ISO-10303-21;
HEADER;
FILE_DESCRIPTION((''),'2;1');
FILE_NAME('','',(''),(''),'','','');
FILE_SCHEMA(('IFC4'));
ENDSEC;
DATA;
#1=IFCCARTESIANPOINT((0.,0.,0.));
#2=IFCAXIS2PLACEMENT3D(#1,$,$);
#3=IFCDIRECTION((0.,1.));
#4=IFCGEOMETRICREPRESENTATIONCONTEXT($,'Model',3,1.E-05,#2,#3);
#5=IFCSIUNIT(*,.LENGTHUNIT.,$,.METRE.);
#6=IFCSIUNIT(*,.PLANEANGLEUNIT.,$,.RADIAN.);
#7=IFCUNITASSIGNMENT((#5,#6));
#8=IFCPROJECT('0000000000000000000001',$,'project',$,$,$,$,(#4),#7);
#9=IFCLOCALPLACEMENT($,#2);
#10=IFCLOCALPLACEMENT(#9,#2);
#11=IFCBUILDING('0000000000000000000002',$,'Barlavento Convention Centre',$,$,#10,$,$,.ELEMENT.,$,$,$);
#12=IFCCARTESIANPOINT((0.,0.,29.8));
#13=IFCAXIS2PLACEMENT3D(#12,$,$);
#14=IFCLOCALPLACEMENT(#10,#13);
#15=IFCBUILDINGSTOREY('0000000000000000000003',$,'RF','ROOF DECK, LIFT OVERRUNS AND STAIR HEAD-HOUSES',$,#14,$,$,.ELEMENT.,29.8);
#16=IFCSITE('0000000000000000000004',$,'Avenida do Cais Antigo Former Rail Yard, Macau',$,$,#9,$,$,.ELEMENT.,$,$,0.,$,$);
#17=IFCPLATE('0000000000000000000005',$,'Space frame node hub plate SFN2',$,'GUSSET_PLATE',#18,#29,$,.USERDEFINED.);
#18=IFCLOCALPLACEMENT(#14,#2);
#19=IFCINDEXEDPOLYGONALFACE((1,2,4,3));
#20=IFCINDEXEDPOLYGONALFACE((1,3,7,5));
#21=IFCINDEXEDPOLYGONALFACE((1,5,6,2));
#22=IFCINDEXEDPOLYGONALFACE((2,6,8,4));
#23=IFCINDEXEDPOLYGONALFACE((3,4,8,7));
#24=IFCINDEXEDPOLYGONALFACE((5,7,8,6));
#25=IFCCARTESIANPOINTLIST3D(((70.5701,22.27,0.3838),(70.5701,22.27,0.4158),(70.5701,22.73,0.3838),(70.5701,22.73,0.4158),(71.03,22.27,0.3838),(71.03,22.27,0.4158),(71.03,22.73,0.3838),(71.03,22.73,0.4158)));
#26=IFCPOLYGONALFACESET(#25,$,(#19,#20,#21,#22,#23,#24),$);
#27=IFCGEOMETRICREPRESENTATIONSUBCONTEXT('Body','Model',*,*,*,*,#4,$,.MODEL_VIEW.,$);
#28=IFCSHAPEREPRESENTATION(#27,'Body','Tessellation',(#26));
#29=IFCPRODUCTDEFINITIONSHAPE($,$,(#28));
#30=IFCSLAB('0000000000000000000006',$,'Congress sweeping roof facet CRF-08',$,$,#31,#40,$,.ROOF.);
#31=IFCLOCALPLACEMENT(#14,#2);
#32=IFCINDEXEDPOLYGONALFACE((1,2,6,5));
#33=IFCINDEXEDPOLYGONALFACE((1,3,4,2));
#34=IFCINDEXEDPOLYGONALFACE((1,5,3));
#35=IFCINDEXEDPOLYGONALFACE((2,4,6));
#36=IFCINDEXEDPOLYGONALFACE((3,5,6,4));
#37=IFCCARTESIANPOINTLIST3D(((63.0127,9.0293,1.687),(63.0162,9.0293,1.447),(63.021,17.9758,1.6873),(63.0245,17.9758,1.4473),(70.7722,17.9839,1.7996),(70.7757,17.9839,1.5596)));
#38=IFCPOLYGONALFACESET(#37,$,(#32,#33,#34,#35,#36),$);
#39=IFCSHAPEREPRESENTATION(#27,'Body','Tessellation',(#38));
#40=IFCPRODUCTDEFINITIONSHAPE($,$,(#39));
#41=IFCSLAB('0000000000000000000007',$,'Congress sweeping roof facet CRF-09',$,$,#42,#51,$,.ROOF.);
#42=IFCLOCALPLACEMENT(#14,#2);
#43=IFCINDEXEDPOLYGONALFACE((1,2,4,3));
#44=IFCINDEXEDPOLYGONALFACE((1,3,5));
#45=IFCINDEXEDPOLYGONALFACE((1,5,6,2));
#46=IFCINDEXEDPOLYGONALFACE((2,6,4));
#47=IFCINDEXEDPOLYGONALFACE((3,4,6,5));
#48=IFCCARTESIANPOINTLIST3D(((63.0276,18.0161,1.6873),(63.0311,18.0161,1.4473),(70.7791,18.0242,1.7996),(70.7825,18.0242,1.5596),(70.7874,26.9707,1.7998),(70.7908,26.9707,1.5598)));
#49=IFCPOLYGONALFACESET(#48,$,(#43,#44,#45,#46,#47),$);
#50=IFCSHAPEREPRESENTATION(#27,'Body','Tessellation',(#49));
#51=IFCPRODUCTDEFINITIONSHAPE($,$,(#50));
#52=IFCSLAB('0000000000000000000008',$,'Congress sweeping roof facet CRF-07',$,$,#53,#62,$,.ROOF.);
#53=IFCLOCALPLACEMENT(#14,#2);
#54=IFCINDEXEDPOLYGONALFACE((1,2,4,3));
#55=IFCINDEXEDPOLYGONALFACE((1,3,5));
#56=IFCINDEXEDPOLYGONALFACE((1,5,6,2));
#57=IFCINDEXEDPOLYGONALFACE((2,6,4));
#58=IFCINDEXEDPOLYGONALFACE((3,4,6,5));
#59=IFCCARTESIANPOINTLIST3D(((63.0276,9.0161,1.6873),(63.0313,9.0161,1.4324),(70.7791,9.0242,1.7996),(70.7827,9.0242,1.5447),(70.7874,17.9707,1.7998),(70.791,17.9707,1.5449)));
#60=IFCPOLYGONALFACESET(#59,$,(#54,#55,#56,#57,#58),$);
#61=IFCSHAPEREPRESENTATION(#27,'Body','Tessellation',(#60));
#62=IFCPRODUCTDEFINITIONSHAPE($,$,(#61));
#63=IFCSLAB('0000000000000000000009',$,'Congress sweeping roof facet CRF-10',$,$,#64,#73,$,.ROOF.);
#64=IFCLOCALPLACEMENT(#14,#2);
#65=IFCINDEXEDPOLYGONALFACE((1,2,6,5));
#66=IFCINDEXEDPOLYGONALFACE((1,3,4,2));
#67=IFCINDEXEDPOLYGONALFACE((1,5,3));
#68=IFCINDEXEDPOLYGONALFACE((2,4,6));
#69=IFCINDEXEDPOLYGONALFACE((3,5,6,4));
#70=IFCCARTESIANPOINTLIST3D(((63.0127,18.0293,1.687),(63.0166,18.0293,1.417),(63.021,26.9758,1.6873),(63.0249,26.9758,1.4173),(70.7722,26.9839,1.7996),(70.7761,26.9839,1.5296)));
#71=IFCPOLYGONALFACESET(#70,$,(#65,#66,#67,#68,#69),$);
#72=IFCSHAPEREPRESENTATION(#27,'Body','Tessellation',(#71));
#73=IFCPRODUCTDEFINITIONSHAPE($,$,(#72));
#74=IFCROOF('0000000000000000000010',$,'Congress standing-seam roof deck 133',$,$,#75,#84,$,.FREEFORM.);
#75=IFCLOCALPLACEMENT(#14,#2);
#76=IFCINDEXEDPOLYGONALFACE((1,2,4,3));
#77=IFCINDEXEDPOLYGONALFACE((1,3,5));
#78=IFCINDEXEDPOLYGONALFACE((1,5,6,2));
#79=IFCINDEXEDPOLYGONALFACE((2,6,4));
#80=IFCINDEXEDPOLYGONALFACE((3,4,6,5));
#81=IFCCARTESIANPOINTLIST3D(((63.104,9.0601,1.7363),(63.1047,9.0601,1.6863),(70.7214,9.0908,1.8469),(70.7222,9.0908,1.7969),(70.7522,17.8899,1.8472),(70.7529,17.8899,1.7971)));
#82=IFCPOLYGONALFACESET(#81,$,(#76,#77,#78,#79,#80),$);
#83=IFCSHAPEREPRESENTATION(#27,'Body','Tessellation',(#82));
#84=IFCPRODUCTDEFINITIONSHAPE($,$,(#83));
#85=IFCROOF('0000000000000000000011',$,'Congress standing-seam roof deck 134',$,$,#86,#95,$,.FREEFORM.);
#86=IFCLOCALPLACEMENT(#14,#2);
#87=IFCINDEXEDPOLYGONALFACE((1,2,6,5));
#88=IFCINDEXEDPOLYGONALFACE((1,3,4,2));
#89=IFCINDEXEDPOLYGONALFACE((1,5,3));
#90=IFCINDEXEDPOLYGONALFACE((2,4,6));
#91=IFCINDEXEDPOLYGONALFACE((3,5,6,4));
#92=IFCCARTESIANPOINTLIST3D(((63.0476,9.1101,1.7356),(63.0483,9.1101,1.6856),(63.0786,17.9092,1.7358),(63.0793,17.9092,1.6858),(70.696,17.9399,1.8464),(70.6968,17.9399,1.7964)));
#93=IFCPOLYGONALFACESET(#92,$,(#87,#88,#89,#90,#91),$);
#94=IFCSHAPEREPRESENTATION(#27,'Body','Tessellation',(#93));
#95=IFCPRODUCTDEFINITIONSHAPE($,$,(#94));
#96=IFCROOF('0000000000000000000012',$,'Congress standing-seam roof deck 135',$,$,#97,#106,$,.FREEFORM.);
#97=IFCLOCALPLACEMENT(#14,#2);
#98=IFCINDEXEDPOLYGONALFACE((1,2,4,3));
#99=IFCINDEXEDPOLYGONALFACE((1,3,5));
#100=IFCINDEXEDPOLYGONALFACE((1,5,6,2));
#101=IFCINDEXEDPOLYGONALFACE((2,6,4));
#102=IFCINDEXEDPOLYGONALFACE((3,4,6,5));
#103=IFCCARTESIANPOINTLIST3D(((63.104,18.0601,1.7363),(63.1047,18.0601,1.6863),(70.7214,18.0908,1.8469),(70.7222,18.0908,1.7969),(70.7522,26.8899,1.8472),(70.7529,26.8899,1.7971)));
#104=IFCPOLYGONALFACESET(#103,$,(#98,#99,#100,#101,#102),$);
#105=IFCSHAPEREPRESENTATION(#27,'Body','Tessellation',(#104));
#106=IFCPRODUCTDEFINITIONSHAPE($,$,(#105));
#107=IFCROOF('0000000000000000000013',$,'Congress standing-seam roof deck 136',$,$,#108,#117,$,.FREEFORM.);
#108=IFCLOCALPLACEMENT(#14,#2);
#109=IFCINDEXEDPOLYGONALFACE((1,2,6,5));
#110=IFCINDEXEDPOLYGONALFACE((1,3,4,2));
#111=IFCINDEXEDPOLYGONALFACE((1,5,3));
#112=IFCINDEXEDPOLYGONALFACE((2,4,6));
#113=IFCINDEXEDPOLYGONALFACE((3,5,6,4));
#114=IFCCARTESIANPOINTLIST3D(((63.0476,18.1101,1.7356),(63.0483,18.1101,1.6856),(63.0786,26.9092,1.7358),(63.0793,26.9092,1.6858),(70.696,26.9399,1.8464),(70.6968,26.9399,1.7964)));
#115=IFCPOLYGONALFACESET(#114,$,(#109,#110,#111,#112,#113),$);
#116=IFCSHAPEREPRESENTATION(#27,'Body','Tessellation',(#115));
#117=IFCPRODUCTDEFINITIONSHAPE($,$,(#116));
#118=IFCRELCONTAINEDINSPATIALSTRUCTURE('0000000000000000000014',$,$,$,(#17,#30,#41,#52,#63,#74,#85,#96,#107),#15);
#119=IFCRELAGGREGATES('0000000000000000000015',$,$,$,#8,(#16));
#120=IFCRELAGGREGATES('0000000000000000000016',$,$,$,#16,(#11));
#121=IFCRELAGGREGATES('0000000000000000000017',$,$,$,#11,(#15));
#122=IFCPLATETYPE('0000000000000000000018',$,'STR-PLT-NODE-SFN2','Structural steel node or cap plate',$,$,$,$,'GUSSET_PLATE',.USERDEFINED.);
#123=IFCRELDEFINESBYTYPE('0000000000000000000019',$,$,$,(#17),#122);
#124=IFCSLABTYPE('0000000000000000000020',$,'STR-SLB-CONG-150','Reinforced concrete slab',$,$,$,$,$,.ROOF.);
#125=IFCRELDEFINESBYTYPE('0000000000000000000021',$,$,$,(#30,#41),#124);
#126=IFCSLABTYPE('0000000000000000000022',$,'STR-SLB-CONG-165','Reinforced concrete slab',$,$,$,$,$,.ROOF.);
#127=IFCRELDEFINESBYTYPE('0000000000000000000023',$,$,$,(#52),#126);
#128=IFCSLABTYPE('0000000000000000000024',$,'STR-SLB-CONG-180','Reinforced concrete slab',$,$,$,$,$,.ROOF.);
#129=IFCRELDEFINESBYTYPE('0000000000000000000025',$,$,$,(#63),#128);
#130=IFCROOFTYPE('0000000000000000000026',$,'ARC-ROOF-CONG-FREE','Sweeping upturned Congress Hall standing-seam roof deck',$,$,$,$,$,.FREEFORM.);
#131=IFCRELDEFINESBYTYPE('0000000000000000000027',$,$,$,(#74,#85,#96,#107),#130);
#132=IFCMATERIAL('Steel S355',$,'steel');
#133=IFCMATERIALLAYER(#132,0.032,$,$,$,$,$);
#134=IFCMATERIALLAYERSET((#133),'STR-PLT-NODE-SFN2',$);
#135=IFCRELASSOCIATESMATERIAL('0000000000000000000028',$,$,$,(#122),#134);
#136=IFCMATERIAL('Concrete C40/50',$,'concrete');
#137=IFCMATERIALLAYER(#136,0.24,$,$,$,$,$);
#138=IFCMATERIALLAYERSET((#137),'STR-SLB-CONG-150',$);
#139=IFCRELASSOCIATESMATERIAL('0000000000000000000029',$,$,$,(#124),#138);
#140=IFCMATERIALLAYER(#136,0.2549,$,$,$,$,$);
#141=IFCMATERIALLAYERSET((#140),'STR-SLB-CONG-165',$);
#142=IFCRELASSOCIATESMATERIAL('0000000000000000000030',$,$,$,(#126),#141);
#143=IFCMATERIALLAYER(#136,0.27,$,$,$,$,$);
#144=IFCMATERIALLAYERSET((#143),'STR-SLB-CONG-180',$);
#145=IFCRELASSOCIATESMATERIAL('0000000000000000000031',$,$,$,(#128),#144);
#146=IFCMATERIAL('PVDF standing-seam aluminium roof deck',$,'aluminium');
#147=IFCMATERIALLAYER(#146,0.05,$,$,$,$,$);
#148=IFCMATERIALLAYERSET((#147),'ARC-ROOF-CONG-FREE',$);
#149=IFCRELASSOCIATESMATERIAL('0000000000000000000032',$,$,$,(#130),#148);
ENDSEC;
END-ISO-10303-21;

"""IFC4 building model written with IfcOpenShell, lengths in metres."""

from ifc_helpers import new_model, si_unit, direction, frame, origin, origin_2d, place, context, subcontext, project, spatial, polyline, rectangle, outline, extrude, material, layer, layer_set, type_object, element, save


model = new_model("IFC4")

# Units and contexts
model_context = context("Model", 3, precision=1e-05, world=origin(), true_north=direction((0.0, 1.0)))
body_context = subcontext(model_context, "Body", "Model", "MODEL_VIEW")
ifc_project = project(units=[si_unit("LENGTHUNIT", "METRE"), si_unit("PLANEANGLEUNIT", "RADIAN")], contexts=[model_context])

# Site, building, storey
site_placement = place(None, origin())
site = spatial("IfcSite", under=ifc_project, at=site_placement, Name="Avenida do Cais Antigo Former Rail Yard, Macau", CompositionType="ELEMENT", RefElevation=0.0)
building_placement = place(site_placement, origin())
building = spatial("IfcBuilding", under=site, at=building_placement, Name="Barlavento Convention Centre", CompositionType="ELEMENT")
storey_placement = place(building_placement, frame((0.0, 0.0, 29.8)))
storey = spatial("IfcBuildingStorey", under=building, at=storey_placement, Name="RF", Description="ROOF DECK, LIFT OVERRUNS AND STAIR HEAD-HOUSES", CompositionType="ELEMENT", Elevation=29.8)

# Shared definitions
ifc_material_1 = material(Name="Steel S355", Category="steel")

# Plate
ifc_layer_1 = layer(ifc_material_1, 0.032)
ifc_layer_set_1 = layer_set([ifc_layer_1], Name="STR-PLT-NODE-SFN2")
plate_type_1 = type_object("IfcPlateType", Name="STR-PLT-NODE-SFN2", Description="Structural steel node or cap plate", ElementType="GUSSET_PLATE", PredefinedType="USERDEFINED", material=ifc_layer_set_1)
for number, where, z_axis, x_axis, name in (
    (1, (70.8, 22.5, 0.3838), (0.0, 0.0, 1.0), (1.0, 0.0, 0.0), "Space frame node hub plate SFN2"),
):
    element("IfcPlate", number, at=place(storey_placement, frame(where, z_axis=z_axis, x_axis=x_axis)), inside=storey, type_object=plate_type_1, Name=name, ObjectType="GUSSET_PLATE", PredefinedType="USERDEFINED", context=body_context, shape_type="SweptSolid", body=[
        extrude(rectangle(XDim=0.46, YDim=0.46, at=origin_2d()), origin(), (0.0, 0.0, 1.0), 0.032),
    ])

# Slabs
ifc_material_2 = material(Name="Concrete C40/50", Category="concrete")
ifc_layer_2 = layer(ifc_material_2, 0.24)
ifc_layer_set_2 = layer_set([ifc_layer_2], Name="STR-SLB-CONG-150")
slab_type_1 = type_object("IfcSlabType", Name="STR-SLB-CONG-150", Description="Reinforced concrete slab", PredefinedType="ROOF", material=ifc_layer_set_2)
slab_1_placement = place(storey_placement, frame((63.0127, 9.0293, 1.687), z_axis=(-0.014487, -0.000014, 0.999895), x_axis=(0.654847, 0.755702, 0.009498)))
element("IfcSlab", 2, at=slab_1_placement, inside=storey, type_object=slab_type_1, Name="Congress sweeping roof facet CRF-08", PredefinedType="ROOF", context=body_context, shape_type="SweptSolid", body=[
    extrude(outline(polyline([(0.0, 0.0), (11.8494, 0.0), (6.7664, 5.853), (0.0, 0.0)])), origin(), (0.0, 0.0, -1.0), 0.24),
])
slab_2_placement = place(storey_placement, frame((63.0276, 18.0161, 1.6873), z_axis=(-0.014487, -0.000014, 0.999895), x_axis=(0.999895, 0.001039, 0.014487)))
element("IfcSlab", 3, at=slab_2_placement, inside=storey, type_object=slab_type_1, Name="Congress sweeping roof facet CRF-09", PredefinedType="ROOF", context=body_context, shape_type="SweptSolid", body=[
    extrude(outline(polyline([(0.0, 0.0), (7.7523, 0.0), (7.7699, 8.9465), (0.0, 0.0)])), origin(), (0.0, 0.0, -1.0), 0.24),
])
ifc_layer_3 = layer(ifc_material_2, 0.2549)
ifc_layer_set_3 = layer_set([ifc_layer_3], Name="STR-SLB-CONG-165")
slab_type_2 = type_object("IfcSlabType", Name="STR-SLB-CONG-165", Description="Reinforced concrete slab", PredefinedType="ROOF", material=ifc_layer_set_3)
slab_3_placement = place(storey_placement, frame((63.0276, 9.0161, 1.6873), z_axis=(-0.014487, -0.000014, 0.999895), x_axis=(0.999895, 0.001039, 0.014487)))
element("IfcSlab", 4, at=slab_3_placement, inside=storey, type_object=slab_type_2, Name="Congress sweeping roof facet CRF-07", PredefinedType="ROOF", context=body_context, shape_type="SweptSolid", body=[
    extrude(outline(polyline([(0.0, 0.0), (7.7523, 0.0), (7.7699, 8.9465), (0.0, 0.0)])), origin(), (0.0, 0.0, -1.0), 0.2549),
])
ifc_layer_4 = layer(ifc_material_2, 0.27)
ifc_layer_set_4 = layer_set([ifc_layer_4], Name="STR-SLB-CONG-180")
slab_type_3 = type_object("IfcSlabType", Name="STR-SLB-CONG-180", Description="Reinforced concrete slab", PredefinedType="ROOF", material=ifc_layer_set_4)
slab_4_placement = place(storey_placement, frame((63.0127, 18.0293, 1.687), z_axis=(-0.014487, -0.000014, 0.999895), x_axis=(0.654847, 0.755702, 0.009498)))
element("IfcSlab", 5, at=slab_4_placement, inside=storey, type_object=slab_type_3, Name="Congress sweeping roof facet CRF-10", PredefinedType="ROOF", context=body_context, shape_type="SweptSolid", body=[
    extrude(outline(polyline([(0.0, 0.0), (11.8494, 0.0), (6.7664, 5.853), (0.0, 0.0)])), origin(), (0.0, 0.0, -1.0), 0.27),
])

# Roofs
ifc_material_3 = material(Name="PVDF standing-seam aluminium roof deck", Category="aluminium")
ifc_layer_5 = layer(ifc_material_3, 0.05)
ifc_layer_set_5 = layer_set([ifc_layer_5], Name="ARC-ROOF-CONG-FREE")
roof_type = type_object("IfcRoofType", Name="ARC-ROOF-CONG-FREE", Description="Sweeping upturned Congress Hall standing-seam roof deck", PredefinedType="FREEFORM", material=ifc_layer_set_5)
roof_1_placement = place(storey_placement, frame((63.104, 9.0601, 1.7363), z_axis=(-0.014517, 0.000023, 0.999895), x_axis=(0.999886, 0.004038, 0.014517)))
element("IfcRoof", 6, at=roof_1_placement, inside=storey, type_object=roof_type, Name="Congress standing-seam roof deck 133", PredefinedType="FREEFORM", context=body_context, shape_type="SweptSolid", body=[
    extrude(outline(polyline([(0.0, 0.0), (7.6183, 0.0), (7.6846, 8.7989), (0.0, 0.0)])), origin(), (0.0, 0.0, -1.0), 0.05),
])
roof_2_placement = place(storey_placement, frame((63.0476, 9.1101, 1.7356), z_axis=(-0.014517, 0.000023, 0.999895), x_axis=(0.654701, 0.755828, 0.009488)))
element("IfcRoof", 7, at=roof_2_placement, inside=storey, type_object=roof_type, Name="Congress standing-seam roof deck 134", PredefinedType="FREEFORM", context=body_context, shape_type="SweptSolid", body=[
    extrude(outline(polyline([(0.0, 0.0), (11.6823, 0.0), (6.6709, 5.7379), (0.0, 0.0)])), origin(), (0.0, 0.0, -1.0), 0.05),
])
roof_3_placement = place(storey_placement, frame((63.104, 18.0601, 1.7363), z_axis=(-0.014517, 0.000023, 0.999895), x_axis=(0.999886, 0.004038, 0.014517)))
element("IfcRoof", 8, at=roof_3_placement, inside=storey, type_object=roof_type, Name="Congress standing-seam roof deck 135", PredefinedType="FREEFORM", context=body_context, shape_type="SweptSolid", body=[
    extrude(outline(polyline([(0.0, 0.0), (7.6183, 0.0), (7.6846, 8.7989), (0.0, 0.0)])), origin(), (0.0, 0.0, -1.0), 0.05),
])
roof_4_placement = place(storey_placement, frame((63.0476, 18.1101, 1.7356), z_axis=(-0.014517, 0.000023, 0.999895), x_axis=(0.654701, 0.755828, 0.009488)))
element("IfcRoof", 9, at=roof_4_placement, inside=storey, type_object=roof_type, Name="Congress standing-seam roof deck 136", PredefinedType="FREEFORM", context=body_context, shape_type="SweptSolid", body=[
    extrude(outline(polyline([(0.0, 0.0), (11.6823, 0.0), (6.6709, 5.7379), (0.0, 0.0)])), origin(), (0.0, 0.0, -1.0), 0.05),
])

save(model, "model.ifc")
